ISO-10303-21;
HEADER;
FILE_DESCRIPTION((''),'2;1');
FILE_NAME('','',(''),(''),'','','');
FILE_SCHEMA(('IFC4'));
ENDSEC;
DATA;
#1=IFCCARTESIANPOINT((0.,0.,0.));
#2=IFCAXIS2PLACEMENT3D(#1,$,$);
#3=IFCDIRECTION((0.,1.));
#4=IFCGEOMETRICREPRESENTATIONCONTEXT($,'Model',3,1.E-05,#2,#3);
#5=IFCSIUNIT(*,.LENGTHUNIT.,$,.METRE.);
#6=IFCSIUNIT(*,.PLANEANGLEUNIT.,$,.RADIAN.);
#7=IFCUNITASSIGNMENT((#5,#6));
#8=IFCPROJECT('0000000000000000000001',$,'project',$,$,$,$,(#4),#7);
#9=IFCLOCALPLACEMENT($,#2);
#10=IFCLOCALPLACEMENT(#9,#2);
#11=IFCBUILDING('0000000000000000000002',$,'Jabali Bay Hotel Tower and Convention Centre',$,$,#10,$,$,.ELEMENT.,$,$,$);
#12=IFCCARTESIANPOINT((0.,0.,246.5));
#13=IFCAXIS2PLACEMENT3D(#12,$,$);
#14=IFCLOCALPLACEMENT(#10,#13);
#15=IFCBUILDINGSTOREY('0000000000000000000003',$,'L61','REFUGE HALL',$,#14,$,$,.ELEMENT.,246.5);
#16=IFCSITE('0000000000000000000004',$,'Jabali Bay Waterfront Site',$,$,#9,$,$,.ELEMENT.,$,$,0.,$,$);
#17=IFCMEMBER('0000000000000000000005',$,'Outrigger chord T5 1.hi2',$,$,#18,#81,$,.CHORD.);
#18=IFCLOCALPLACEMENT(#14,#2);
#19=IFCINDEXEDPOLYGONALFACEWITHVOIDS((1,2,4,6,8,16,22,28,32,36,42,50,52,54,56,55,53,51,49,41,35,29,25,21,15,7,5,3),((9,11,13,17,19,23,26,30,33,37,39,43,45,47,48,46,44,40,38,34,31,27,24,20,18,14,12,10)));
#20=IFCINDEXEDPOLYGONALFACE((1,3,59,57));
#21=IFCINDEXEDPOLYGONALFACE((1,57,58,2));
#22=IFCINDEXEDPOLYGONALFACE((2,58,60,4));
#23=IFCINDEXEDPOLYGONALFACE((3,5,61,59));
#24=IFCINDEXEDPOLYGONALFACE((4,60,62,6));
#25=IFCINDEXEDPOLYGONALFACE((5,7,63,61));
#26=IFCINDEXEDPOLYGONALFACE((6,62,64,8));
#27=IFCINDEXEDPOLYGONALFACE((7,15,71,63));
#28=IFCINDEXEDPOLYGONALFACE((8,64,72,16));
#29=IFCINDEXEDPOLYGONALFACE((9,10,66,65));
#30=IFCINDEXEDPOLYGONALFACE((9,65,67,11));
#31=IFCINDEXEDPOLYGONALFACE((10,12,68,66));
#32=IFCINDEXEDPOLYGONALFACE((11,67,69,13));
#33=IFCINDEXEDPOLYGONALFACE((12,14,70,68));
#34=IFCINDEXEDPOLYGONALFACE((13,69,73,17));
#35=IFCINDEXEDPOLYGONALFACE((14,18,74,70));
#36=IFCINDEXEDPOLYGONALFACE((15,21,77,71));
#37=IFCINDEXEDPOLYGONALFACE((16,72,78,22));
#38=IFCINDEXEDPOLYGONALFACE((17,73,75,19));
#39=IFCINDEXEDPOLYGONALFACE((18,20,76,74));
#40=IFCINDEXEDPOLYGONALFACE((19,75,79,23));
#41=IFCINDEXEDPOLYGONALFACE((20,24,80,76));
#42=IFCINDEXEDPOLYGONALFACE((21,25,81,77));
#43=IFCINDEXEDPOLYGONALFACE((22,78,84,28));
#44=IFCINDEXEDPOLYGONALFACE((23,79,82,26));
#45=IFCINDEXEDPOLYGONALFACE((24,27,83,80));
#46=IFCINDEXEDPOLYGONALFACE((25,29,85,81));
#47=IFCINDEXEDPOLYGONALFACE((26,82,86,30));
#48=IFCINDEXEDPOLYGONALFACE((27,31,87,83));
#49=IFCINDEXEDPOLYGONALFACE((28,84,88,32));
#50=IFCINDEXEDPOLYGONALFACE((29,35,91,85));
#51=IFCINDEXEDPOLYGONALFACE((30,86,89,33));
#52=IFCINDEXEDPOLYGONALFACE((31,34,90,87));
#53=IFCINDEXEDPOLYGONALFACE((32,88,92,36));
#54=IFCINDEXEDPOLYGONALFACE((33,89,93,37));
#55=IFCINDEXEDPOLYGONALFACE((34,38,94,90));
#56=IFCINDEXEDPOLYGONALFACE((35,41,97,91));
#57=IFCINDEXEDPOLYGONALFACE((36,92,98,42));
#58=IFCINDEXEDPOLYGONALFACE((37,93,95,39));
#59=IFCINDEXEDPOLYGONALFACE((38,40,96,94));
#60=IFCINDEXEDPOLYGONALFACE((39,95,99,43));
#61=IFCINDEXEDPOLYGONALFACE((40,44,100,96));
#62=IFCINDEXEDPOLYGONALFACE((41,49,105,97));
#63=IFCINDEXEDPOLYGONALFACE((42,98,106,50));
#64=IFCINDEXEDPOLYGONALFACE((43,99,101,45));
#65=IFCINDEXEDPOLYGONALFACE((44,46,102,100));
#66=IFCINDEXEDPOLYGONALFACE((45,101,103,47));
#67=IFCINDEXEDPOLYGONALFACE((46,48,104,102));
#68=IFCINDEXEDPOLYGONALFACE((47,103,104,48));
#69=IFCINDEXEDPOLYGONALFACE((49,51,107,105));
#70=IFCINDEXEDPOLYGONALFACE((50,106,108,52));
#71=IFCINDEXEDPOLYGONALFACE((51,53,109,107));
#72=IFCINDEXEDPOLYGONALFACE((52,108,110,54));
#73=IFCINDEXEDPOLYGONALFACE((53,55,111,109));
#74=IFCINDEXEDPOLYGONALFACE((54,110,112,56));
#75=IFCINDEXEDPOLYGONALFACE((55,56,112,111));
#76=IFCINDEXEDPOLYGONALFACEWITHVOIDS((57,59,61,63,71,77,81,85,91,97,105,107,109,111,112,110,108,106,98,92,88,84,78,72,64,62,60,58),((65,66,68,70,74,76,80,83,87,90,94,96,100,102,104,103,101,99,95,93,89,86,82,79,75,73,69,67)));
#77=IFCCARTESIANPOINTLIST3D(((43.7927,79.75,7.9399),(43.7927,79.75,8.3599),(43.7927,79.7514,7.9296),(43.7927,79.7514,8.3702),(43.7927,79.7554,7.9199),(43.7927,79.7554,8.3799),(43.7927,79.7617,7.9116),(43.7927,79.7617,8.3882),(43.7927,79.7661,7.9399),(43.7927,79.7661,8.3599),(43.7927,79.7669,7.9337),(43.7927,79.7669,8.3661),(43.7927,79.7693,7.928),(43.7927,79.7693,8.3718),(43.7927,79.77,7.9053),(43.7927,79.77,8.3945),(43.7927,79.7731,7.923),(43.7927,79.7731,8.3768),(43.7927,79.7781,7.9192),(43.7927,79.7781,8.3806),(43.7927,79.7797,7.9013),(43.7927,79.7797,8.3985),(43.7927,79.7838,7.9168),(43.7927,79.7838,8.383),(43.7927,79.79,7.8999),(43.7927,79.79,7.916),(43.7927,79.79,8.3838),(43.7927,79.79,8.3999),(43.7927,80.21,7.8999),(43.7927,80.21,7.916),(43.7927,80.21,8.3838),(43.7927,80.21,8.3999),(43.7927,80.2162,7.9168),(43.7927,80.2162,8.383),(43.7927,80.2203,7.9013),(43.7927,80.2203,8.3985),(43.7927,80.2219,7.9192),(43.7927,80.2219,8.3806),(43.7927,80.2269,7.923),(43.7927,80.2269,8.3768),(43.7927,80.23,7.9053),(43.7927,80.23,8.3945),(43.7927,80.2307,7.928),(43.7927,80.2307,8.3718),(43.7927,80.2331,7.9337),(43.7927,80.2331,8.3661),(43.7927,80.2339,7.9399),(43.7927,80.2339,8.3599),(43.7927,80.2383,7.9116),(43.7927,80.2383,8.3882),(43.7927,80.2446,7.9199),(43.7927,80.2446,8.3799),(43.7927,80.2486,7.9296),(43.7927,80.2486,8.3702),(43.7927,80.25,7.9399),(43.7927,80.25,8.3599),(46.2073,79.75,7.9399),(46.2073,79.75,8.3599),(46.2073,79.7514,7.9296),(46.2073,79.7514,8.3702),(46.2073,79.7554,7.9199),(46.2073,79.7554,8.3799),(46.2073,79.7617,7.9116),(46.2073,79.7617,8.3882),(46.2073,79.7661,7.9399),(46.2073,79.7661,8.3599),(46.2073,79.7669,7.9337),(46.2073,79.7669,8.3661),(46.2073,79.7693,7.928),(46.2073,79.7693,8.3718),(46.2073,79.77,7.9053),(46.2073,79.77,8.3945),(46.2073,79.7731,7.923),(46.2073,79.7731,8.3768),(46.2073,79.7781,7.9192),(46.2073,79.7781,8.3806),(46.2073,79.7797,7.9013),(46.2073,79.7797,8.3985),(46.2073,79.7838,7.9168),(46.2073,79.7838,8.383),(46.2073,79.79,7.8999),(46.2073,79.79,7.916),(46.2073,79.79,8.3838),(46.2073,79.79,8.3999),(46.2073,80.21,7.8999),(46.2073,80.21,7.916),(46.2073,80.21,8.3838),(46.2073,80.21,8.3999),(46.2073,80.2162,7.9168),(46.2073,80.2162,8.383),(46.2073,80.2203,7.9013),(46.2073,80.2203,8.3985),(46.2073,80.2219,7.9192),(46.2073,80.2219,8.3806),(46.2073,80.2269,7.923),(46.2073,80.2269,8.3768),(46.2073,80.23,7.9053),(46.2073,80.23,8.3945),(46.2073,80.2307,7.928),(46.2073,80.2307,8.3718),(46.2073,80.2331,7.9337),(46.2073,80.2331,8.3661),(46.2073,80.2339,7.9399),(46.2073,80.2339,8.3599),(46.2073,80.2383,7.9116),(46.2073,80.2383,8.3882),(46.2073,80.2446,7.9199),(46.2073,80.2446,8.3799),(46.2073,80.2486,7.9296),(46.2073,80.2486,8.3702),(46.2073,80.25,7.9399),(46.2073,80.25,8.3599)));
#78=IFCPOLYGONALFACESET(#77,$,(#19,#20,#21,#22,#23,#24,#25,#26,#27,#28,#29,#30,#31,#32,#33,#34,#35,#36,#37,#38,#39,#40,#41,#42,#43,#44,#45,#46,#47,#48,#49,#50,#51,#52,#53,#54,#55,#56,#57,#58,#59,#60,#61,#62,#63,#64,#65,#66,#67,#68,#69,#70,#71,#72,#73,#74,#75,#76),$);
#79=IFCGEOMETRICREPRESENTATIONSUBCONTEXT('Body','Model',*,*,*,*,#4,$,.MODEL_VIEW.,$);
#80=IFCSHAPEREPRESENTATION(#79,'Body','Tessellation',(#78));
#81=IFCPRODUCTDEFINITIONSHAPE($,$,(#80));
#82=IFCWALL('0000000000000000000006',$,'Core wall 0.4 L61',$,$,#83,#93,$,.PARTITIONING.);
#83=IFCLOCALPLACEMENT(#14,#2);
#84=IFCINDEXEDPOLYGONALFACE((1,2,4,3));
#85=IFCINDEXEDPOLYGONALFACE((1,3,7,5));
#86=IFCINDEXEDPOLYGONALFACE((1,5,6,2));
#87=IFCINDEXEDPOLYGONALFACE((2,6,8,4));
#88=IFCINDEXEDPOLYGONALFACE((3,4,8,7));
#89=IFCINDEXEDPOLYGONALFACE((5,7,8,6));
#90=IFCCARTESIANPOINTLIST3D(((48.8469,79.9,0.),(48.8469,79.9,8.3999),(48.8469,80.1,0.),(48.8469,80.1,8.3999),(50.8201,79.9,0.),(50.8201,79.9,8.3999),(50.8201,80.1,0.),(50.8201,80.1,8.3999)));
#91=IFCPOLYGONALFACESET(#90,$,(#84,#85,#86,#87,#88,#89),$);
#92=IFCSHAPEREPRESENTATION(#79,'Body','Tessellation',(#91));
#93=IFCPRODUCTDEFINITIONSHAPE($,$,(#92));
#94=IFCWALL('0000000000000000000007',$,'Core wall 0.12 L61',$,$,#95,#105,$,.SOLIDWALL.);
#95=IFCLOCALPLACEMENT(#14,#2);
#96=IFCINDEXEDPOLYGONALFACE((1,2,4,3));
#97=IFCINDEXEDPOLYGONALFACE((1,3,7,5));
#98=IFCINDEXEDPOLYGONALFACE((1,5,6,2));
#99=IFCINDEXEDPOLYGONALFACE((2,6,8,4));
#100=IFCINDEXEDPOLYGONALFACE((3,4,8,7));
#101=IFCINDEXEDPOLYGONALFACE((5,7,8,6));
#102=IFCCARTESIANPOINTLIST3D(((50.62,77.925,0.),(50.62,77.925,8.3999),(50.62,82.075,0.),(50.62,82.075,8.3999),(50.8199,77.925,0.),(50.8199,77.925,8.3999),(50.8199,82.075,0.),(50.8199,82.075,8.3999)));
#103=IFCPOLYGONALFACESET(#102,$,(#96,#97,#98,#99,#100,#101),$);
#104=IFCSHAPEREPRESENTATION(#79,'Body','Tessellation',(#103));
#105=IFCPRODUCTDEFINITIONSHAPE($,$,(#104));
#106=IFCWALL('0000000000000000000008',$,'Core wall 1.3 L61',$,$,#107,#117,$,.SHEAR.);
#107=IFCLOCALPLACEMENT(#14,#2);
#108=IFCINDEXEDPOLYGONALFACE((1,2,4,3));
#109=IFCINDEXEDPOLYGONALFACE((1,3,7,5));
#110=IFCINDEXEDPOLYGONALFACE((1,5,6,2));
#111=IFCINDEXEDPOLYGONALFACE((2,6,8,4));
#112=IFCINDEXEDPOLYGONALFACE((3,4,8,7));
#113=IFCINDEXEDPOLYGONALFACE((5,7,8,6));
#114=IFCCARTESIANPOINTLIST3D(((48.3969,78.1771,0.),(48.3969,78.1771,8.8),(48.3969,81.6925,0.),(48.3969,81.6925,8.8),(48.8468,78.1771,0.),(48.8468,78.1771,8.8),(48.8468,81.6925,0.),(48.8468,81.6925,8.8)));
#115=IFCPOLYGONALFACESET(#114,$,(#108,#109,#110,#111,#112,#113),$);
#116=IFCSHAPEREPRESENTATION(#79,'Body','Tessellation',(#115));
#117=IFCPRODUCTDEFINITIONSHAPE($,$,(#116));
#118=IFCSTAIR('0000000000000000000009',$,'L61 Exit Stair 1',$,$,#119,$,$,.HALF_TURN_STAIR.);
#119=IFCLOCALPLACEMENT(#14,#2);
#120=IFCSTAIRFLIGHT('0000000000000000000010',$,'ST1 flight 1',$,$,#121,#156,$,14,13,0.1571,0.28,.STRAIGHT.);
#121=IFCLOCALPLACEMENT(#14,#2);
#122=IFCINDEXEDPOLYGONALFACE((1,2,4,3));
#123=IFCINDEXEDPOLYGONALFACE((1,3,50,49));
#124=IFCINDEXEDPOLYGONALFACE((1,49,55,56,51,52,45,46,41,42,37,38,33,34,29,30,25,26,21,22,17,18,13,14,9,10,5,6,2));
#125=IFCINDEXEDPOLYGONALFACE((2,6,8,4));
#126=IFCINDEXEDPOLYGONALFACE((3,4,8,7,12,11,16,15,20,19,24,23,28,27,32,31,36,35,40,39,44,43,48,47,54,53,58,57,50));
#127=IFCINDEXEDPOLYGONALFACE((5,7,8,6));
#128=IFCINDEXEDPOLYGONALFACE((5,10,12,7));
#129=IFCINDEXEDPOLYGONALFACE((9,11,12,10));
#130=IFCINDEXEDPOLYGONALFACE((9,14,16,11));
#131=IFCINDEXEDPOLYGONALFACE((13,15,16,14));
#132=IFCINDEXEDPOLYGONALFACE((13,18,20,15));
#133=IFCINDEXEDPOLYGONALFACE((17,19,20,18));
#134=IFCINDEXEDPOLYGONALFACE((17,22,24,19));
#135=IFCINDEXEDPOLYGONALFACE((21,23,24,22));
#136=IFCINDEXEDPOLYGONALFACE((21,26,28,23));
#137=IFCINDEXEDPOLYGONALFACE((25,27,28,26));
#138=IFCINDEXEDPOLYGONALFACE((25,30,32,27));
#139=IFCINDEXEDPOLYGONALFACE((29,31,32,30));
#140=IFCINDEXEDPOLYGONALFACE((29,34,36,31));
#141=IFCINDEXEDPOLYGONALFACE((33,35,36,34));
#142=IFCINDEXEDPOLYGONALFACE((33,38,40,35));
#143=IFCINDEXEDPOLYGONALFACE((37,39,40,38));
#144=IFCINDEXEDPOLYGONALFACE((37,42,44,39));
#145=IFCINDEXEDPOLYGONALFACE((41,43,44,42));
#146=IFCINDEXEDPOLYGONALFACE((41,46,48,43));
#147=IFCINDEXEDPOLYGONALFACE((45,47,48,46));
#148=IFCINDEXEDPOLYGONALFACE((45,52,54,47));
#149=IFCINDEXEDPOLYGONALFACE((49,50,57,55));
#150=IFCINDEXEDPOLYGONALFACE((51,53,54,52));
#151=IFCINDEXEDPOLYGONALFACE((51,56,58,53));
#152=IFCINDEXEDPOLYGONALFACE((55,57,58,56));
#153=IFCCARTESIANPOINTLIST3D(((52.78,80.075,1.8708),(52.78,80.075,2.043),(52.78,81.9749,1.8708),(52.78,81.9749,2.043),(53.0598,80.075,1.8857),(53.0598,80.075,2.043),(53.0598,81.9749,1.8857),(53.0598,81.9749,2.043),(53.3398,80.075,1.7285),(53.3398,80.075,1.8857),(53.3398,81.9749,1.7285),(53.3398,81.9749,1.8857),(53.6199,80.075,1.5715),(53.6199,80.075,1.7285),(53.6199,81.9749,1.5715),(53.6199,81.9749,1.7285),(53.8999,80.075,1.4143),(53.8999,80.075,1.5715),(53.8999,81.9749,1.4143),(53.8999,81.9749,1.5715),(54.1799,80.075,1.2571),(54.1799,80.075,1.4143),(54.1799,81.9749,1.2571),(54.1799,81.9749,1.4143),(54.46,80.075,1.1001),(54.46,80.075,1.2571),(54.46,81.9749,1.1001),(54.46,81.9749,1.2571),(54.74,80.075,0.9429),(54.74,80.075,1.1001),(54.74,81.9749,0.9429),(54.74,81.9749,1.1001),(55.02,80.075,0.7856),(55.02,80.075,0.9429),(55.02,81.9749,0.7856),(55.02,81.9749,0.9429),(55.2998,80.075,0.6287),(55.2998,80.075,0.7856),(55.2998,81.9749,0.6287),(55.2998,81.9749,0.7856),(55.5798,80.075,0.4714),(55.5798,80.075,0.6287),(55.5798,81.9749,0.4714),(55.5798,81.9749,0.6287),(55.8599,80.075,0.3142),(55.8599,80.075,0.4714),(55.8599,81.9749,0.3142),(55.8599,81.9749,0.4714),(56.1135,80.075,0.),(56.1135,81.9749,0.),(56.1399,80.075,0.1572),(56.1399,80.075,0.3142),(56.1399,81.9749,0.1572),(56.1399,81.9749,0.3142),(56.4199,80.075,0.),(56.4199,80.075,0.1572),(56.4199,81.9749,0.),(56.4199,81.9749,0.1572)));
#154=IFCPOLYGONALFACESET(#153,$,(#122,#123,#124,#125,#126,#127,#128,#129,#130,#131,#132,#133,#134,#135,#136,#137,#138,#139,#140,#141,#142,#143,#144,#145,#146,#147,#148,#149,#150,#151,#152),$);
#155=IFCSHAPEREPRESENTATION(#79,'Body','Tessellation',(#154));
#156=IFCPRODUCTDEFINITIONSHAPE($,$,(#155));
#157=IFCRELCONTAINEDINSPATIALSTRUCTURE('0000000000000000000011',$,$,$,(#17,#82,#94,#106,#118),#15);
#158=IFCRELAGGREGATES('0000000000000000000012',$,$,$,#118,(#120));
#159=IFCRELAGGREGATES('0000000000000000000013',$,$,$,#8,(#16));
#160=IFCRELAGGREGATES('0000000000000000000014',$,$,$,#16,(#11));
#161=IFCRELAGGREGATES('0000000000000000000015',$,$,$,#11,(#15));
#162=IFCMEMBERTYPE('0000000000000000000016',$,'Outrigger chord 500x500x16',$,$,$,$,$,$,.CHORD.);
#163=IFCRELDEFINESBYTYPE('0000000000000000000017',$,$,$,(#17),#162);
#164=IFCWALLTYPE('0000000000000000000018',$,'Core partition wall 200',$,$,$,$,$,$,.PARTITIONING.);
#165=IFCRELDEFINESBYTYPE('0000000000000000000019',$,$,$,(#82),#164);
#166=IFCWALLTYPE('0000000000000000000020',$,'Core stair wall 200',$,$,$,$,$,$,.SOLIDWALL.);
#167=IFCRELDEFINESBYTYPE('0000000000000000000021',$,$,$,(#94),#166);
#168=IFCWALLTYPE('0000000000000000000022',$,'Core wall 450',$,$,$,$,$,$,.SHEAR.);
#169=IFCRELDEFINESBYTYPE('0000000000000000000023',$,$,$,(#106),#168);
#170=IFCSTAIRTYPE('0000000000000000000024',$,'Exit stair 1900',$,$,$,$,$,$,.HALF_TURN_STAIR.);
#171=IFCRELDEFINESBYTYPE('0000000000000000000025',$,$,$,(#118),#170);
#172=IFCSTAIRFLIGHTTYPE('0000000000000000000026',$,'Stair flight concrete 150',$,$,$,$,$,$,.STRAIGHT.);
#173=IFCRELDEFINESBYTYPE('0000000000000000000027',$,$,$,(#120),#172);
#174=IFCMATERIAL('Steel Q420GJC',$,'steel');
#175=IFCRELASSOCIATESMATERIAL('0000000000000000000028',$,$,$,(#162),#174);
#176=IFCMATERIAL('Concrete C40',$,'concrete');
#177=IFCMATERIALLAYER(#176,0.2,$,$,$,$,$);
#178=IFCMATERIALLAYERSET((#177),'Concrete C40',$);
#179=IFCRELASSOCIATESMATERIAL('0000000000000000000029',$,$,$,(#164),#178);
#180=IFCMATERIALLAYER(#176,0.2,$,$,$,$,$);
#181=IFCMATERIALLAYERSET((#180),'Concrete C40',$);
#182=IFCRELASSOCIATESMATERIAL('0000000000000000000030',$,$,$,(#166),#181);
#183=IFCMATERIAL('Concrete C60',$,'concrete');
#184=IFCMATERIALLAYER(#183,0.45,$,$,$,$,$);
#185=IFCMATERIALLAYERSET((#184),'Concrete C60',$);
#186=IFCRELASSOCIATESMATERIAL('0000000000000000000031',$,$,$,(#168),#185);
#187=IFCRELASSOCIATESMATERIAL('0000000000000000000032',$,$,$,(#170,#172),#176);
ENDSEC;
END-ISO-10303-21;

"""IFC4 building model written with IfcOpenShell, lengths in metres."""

from ifc_helpers import new_model, si_unit, direction, frame, frame_2d, origin, origin_2d, place, context, subcontext, project, spatial, polyline, rectangle, hollow_rectangle, outline, extrude, material, layer, layer_set, material_profile, profile_set, type_object, element, aggregate, save


model = new_model("IFC4")

# Units and contexts
model_context = context("Model", 3, precision=1e-05, world=origin(), true_north=direction((0.0, 1.0)))
body_context = subcontext(model_context, "Body", "Model", "MODEL_VIEW")
ifc_project = project(units=[si_unit("LENGTHUNIT", "METRE"), si_unit("PLANEANGLEUNIT", "RADIAN")], contexts=[model_context])

# Site, building, storey
site_placement = place(None, origin())
site = spatial("IfcSite", under=ifc_project, at=site_placement, Name="Jabali Bay Waterfront Site", CompositionType="ELEMENT", RefElevation=0.0)
building_placement = place(site_placement, origin())
building = spatial("IfcBuilding", under=site, at=building_placement, Name="Jabali Bay Hotel Tower and Convention Centre", CompositionType="ELEMENT")
storey_placement = place(building_placement, frame((0.0, 0.0, 246.5)))
storey = spatial("IfcBuildingStorey", under=building, at=storey_placement, Name="L61", Description="REFUGE HALL", CompositionType="ELEMENT", Elevation=246.5)

# Shared definitions
ifc_material_1 = material(Name="Concrete C60", Category="concrete")

# Member
ifc_material_2 = material(Name="Steel Q420GJC", Category="steel")
ifc_material_profile_1 = material_profile(ifc_material_2, hollow_rectangle(XDim=0.5, YDim=0.5, WallThickness=0.0161, InnerFilletRadius=0.0239, OuterFilletRadius=0.04, at=origin_2d()), Name="Outrigger chord 500x500x16")
ifc_profile_set_1 = profile_set([ifc_material_profile_1], Name="Steel Q420GJC")
member_type_1 = type_object("IfcMemberType", Name="Outrigger chord 500x500x16", PredefinedType="CHORD", material=ifc_profile_set_1)
for number, where, z_axis, x_axis, name in (
    (1, (46.2073, 80.0, 8.1499), (-1.0, 0.0, 0.0), (0.0, -1.0, 0.0), "Outrigger chord T5 1.hi2"),
):
    element("IfcMember", number, at=place(storey_placement, frame(where, z_axis=z_axis, x_axis=x_axis)), inside=storey, type_object=member_type_1, Name=name, PredefinedType="CHORD", context=body_context, shape_type="SweptSolid", body=[
        extrude(hollow_rectangle(XDim=0.5, YDim=0.5, WallThickness=0.0161, InnerFilletRadius=0.0239, OuterFilletRadius=0.04, at=origin_2d()), origin(), (0.0, 0.0, 1.0), 2.4146),
    ])

# Walls
ifc_material_3 = material(Name="Concrete C40", Category="concrete")
ifc_layer_1 = layer(ifc_material_3, 0.2)
ifc_layer_set_1 = layer_set([ifc_layer_1], Name="Concrete C40")
wall_type_1 = type_object("IfcWallType", Name="Core partition wall 200", PredefinedType="PARTITIONING", material=ifc_layer_set_1)
wall_1_placement = place(storey_placement, frame((50.8201, 80.0, 0.0), z_axis=(0.0, 0.0, 1.0), x_axis=(-1.0, 0.0, 0.0)))
element("IfcWall", 2, at=wall_1_placement, inside=storey, type_object=wall_type_1, Name="Core wall 0.4 L61", PredefinedType="PARTITIONING", context=body_context, shape_type="SweptSolid", body=[
    extrude(rectangle(XDim=1.9731, YDim=0.2, at=frame_2d((0.9866, 0.0))), origin(), (0.0, 0.0, 1.0), 8.3999),
])
ifc_layer_2 = layer(ifc_material_3, 0.2)
ifc_layer_set_2 = layer_set([ifc_layer_2], Name="Concrete C40")
wall_type_2 = type_object("IfcWallType", Name="Core stair wall 200", PredefinedType="SOLIDWALL", material=ifc_layer_set_2)
wall_2_placement = place(storey_placement, frame((50.72, 82.075, 0.0), z_axis=(0.0, 0.0, 1.0), x_axis=(0.0, -1.0, 0.0)))
element("IfcWall", 3, at=wall_2_placement, inside=storey, type_object=wall_type_2, Name="Core wall 0.12 L61", PredefinedType="SOLIDWALL", context=body_context, shape_type="SweptSolid", body=[
    extrude(rectangle(XDim=4.1499, YDim=0.2, at=frame_2d((2.075, 0.0))), origin(), (0.0, 0.0, 1.0), 8.3999),
])
ifc_layer_3 = layer(ifc_material_1, 0.45)
ifc_layer_set_3 = layer_set([ifc_layer_3], Name="Concrete C60")
wall_type_3 = type_object("IfcWallType", Name="Core wall 450", PredefinedType="SHEAR", material=ifc_layer_set_3)
wall_3_placement = place(storey_placement, frame((48.6218, 81.6926, 0.0), z_axis=(0.0, 0.0, 1.0), x_axis=(0.0, -1.0, 0.0)))
element("IfcWall", 4, at=wall_3_placement, inside=storey, type_object=wall_type_3, Name="Core wall 1.3 L61", PredefinedType="SHEAR", context=body_context, shape_type="SweptSolid", body=[
    extrude(rectangle(XDim=3.5154, YDim=0.45, at=frame_2d((1.7578, 0.0))), origin(), (0.0, 0.0, 1.0), 8.8),
])

# Stair, stair flight
stair_type = type_object("IfcStairType", Name="Exit stair 1900", PredefinedType="HALF_TURN_STAIR", material=ifc_material_3)
stair_placement = place(storey_placement, origin())
stair = element("IfcStair", 5, at=stair_placement, inside=storey, type_object=stair_type, Name="L61 Exit Stair 1", PredefinedType="HALF_TURN_STAIR")
stair_flight_type = type_object("IfcStairFlightType", Name="Stair flight concrete 150", PredefinedType="STRAIGHT", material=ifc_material_3)
stair_flight_1_placement = place(storey_placement, frame((56.4199, 81.0249, 0.0), z_axis=(0.0, 0.0, 1.0), x_axis=(-1.0, 0.0, 0.0)))
stair_flight_1 = element("IfcStairFlight", 6, at=stair_flight_1_placement, type_object=stair_flight_type, Name="ST1 flight 1", NumberOfRisers=14, NumberOfTreads=13, PredefinedType="STRAIGHT", RiserHeight=0.1571, TreadLength=0.28, context=body_context, shape_type="SweptSolid", body=[
    extrude(outline(polyline([(0.0, 0.0), (0.0, 0.1572), (0.28, 0.1572), (0.28, 0.3142), (0.5601, 0.3142), (0.5601, 0.4714), (0.8401, 0.4714), (0.8401, 0.6287), (1.1201, 0.6287), (1.1201, 0.7856), (1.3999, 0.7856), (1.3999, 0.9429), (1.6799, 0.9429), (1.6799, 1.1001), (1.96, 1.1001), (1.96, 1.2571), (2.24, 1.2571), (2.24, 1.4143), (2.52, 1.4143), (2.52, 1.5715), (2.8, 1.5715), (2.8, 1.7285), (3.0801, 1.7285), (3.0801, 1.8857), (3.3601, 1.8857), (3.3601, 2.043), (3.6399, 2.043), (3.6399, 2.2), (3.6399, 1.8708), (0.3064, 0.0), (0.0, 0.0)])), frame((0.0, 0.95, 0.0), z_axis=(0.0, -1.0, 0.0), x_axis=(1.0, 0.0, 0.0)), (0.0, 0.0, 1.0), 1.8999),
])
aggregate(stair, [stair_flight_1])

save(model, "model.ifc")
